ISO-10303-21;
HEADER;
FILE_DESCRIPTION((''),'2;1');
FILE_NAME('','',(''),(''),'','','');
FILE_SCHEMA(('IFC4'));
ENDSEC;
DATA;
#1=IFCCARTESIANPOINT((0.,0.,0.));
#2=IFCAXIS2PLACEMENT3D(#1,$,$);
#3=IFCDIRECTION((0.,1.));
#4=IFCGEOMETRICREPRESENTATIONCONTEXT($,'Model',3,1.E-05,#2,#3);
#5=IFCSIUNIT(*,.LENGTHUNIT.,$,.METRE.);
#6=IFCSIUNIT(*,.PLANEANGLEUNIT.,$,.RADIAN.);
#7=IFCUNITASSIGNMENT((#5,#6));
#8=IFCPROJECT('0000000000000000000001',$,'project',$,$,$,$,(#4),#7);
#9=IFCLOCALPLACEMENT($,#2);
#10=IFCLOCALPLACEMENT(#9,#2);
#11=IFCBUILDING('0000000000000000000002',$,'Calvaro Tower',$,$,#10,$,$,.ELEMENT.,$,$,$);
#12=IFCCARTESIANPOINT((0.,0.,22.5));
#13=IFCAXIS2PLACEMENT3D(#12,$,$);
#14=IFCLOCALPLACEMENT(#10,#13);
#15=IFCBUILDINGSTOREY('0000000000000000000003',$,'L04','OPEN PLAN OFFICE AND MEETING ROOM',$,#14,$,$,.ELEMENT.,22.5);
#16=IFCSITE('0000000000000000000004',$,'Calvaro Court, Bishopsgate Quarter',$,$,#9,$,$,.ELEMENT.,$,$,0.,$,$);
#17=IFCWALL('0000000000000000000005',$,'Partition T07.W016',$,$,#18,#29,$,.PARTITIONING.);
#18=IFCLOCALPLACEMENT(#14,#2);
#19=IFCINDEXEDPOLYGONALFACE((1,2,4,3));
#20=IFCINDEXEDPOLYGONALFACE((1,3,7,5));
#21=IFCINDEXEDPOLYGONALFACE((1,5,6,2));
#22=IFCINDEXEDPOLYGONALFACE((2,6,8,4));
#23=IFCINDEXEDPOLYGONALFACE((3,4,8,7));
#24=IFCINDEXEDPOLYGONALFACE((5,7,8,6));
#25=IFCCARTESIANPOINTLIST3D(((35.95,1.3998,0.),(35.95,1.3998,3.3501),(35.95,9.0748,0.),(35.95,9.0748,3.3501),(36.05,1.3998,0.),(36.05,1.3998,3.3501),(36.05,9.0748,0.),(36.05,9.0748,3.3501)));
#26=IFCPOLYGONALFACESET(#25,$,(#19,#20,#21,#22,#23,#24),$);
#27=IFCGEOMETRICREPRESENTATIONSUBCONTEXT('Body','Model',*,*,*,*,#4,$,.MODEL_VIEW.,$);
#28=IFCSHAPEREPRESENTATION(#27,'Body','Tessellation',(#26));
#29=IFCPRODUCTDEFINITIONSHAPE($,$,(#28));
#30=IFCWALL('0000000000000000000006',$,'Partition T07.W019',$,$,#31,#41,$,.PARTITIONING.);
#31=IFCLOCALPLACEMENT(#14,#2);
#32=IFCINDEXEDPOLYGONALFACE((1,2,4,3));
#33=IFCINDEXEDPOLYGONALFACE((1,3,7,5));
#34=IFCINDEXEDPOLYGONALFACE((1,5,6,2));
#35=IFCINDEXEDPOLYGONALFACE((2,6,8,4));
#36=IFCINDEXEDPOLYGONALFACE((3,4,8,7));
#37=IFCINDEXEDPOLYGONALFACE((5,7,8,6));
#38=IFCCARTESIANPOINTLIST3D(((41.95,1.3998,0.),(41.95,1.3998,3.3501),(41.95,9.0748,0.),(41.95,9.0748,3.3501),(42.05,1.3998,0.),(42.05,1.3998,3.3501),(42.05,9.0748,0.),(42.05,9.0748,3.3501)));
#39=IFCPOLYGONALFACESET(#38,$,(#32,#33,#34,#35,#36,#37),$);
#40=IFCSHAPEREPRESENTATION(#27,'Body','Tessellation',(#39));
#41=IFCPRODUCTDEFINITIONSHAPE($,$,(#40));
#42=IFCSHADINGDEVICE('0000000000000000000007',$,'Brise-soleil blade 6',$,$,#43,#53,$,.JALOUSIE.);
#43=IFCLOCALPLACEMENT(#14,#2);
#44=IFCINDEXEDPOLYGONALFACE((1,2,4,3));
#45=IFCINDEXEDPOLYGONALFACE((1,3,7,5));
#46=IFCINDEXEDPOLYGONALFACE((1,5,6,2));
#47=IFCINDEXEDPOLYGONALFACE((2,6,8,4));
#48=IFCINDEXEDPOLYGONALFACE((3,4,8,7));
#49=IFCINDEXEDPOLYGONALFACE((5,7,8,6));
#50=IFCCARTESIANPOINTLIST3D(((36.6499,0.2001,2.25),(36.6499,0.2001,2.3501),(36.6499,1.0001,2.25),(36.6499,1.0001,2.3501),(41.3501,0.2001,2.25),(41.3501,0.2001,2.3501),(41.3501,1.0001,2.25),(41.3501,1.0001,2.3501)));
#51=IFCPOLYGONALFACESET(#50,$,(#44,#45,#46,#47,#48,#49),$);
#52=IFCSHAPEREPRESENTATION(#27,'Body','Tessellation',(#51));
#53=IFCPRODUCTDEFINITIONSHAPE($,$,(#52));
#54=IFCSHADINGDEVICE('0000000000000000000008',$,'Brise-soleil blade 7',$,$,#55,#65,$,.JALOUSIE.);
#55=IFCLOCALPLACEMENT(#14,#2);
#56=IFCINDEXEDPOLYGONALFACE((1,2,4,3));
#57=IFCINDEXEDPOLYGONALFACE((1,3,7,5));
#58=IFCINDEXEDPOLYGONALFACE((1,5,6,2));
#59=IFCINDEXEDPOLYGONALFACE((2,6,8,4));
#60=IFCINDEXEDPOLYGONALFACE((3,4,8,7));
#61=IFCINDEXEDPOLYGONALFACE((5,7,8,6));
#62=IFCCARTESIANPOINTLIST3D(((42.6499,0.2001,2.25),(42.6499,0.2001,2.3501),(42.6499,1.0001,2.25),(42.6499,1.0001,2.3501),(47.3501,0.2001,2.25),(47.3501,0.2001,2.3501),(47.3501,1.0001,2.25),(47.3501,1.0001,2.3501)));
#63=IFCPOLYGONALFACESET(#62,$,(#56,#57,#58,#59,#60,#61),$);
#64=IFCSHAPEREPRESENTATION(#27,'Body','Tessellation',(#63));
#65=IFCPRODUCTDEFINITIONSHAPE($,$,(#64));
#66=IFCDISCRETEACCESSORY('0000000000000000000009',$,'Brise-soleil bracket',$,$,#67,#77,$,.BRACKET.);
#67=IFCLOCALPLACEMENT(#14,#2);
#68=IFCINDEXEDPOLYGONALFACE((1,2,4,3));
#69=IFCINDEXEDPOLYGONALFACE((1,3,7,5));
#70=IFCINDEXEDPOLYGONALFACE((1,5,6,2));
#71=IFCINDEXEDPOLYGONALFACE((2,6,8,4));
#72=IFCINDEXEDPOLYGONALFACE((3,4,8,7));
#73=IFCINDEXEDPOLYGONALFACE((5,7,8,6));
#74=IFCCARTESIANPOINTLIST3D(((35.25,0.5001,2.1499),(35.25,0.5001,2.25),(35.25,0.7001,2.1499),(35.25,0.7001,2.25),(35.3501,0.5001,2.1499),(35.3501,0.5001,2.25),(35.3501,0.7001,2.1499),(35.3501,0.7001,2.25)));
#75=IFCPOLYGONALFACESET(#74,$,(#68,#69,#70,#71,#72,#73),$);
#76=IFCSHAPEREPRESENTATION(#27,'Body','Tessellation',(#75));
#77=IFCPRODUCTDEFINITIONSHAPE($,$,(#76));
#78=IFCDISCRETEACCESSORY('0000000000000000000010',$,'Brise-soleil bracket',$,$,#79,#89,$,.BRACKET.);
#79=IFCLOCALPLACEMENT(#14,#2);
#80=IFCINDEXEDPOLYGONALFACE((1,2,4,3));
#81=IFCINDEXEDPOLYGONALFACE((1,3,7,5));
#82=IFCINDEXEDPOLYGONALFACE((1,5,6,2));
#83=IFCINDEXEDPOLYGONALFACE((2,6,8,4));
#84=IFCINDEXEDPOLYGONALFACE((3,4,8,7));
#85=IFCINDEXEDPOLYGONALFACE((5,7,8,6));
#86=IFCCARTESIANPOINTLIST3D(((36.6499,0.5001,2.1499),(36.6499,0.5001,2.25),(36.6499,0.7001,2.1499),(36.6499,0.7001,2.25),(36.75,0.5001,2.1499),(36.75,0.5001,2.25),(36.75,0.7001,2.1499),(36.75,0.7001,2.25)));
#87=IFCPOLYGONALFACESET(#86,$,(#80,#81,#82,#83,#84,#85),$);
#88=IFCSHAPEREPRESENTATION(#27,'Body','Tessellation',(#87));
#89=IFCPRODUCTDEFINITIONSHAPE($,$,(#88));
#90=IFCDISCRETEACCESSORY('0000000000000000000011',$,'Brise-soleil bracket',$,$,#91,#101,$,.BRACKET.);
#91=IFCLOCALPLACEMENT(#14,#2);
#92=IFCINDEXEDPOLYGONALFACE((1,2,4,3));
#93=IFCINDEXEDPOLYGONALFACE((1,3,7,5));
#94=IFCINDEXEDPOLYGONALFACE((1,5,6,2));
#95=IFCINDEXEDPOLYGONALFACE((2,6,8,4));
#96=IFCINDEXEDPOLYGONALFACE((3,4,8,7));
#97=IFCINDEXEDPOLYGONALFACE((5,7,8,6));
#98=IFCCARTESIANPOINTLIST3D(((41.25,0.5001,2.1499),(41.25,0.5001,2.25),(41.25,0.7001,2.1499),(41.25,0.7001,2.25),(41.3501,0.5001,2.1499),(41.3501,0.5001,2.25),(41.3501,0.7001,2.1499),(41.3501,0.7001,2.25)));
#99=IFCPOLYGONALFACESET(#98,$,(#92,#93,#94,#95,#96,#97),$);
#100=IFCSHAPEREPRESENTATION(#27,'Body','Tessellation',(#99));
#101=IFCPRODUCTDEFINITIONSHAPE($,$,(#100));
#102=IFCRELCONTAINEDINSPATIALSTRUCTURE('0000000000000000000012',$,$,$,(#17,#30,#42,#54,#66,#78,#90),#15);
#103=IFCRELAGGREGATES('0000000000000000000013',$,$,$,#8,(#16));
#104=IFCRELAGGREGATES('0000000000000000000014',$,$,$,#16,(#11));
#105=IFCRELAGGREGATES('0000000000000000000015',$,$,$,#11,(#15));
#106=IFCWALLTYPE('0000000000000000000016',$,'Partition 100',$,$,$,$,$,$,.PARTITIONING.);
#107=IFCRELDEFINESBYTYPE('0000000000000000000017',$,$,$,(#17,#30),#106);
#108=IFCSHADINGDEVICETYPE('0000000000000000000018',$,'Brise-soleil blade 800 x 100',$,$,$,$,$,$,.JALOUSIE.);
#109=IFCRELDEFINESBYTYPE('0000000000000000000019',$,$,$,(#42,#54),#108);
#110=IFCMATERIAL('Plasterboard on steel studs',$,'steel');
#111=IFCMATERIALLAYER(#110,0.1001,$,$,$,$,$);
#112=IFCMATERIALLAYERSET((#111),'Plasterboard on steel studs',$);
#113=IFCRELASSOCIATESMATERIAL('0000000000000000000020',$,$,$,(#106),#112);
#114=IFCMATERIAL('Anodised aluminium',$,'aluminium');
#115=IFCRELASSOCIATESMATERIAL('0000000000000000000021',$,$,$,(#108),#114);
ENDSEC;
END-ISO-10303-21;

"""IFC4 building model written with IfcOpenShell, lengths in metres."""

from ifc_helpers import new_model, si_unit, direction, frame, frame_2d, origin, origin_2d, place, context, subcontext, project, spatial, rectangle, extrude, material, layer, layer_set, material_profile, profile_set, type_object, element, save


model = new_model("IFC4")

# Units and contexts
model_context = context("Model", 3, precision=1e-05, world=origin(), true_north=direction((0.0, 1.0)))
body_context = subcontext(model_context, "Body", "Model", "MODEL_VIEW")
ifc_project = project(units=[si_unit("LENGTHUNIT", "METRE"), si_unit("PLANEANGLEUNIT", "RADIAN")], contexts=[model_context])

# Site, building, storey
site_placement = place(None, origin())
site = spatial("IfcSite", under=ifc_project, at=site_placement, Name="Calvaro Court, Bishopsgate Quarter", CompositionType="ELEMENT", RefElevation=0.0)
building_placement = place(site_placement, origin())
building = spatial("IfcBuilding", under=site, at=building_placement, Name="Calvaro Tower", CompositionType="ELEMENT")
storey_placement = place(building_placement, frame((0.0, 0.0, 22.5)))
storey = spatial("IfcBuildingStorey", under=building, at=storey_placement, Name="L04", Description="OPEN PLAN OFFICE AND MEETING ROOM", CompositionType="ELEMENT", Elevation=22.5)

# Walls
ifc_material_1 = material(Name="Plasterboard on steel studs", Category="steel")
ifc_layer_1 = layer(ifc_material_1, 0.1001)
ifc_layer_set_1 = layer_set([ifc_layer_1], Name="Plasterboard on steel studs")
wall_type = type_object("IfcWallType", Name="Partition 100", PredefinedType="PARTITIONING", material=ifc_layer_set_1)
for number, where, z_axis, x_axis, name in (
    (1, (36.0, 1.3999, 0.0), (0.0, 0.0, 1.0), (0.0, 1.0, 0.0), "Partition T07.W016"),
    (2, (42.0, 1.3999, 0.0), (0.0, 0.0, 1.0), (0.0, 1.0, 0.0), "Partition T07.W019"),
):
    element("IfcWall", number, at=place(storey_placement, frame(where, z_axis=z_axis, x_axis=x_axis)), inside=storey, type_object=wall_type, Name=name, PredefinedType="PARTITIONING", context=body_context, shape_type="SweptSolid", body=[
        extrude(rectangle(XDim=7.675, YDim=0.1001, at=frame_2d((3.8374, 0.0))), origin(), (0.0, 0.0, 1.0), 3.3501),
    ])

# Shading devices
ifc_material_2 = material(Name="Anodised aluminium", Category="aluminium")
ifc_material_profile_1 = material_profile(ifc_material_2, rectangle(XDim=0.8, YDim=0.1001, at=origin_2d()), Name="Brise-soleil blade 800 x 100")
ifc_profile_set_1 = profile_set([ifc_material_profile_1], Name="Anodised aluminium")
shading_device_type = type_object("IfcShadingDeviceType", Name="Brise-soleil blade 800 x 100", PredefinedType="JALOUSIE", material=ifc_profile_set_1)
for number, where, z_axis, x_axis, name in (
    (3, (36.6499, 0.6001, 2.3), (1.0, 0.0, 0.0), (0.0, 1.0, 0.0), "Brise-soleil blade 6"),
    (4, (42.6499, 0.6001, 2.3), (1.0, 0.0, 0.0), (0.0, 1.0, 0.0), "Brise-soleil blade 7"),
):
    element("IfcShadingDevice", number, at=place(storey_placement, frame(where, z_axis=z_axis, x_axis=x_axis)), inside=storey, type_object=shading_device_type, Name=name, PredefinedType="JALOUSIE", context=body_context, shape_type="SweptSolid", body=[
        extrude(rectangle(XDim=0.8, YDim=0.1001, at=origin_2d()), origin(), (0.0, 0.0, 1.0), 4.7002),
    ])

# Discrete accessories
for number, where, z_axis, x_axis, name in (
    (5, (35.3, 0.6001, 2.1499), (0.0, 0.0, 1.0), (1.0, 0.0, 0.0), "Brise-soleil bracket"),
    (6, (36.7, 0.6001, 2.1499), (0.0, 0.0, 1.0), (1.0, 0.0, 0.0), "Brise-soleil bracket"),
    (7, (41.3, 0.6001, 2.1499), (0.0, 0.0, 1.0), (1.0, 0.0, 0.0), "Brise-soleil bracket"),
):
    element("IfcDiscreteAccessory", number, at=place(storey_placement, frame(where, z_axis=z_axis, x_axis=x_axis)), inside=storey, Name=name, PredefinedType="BRACKET", context=body_context, shape_type="SweptSolid", body=[
        extrude(rectangle(XDim=0.1001, YDim=0.2, at=origin_2d()), origin(), (0.0, 0.0, 1.0), 0.1001),
    ])

save(model, "model.ifc")
